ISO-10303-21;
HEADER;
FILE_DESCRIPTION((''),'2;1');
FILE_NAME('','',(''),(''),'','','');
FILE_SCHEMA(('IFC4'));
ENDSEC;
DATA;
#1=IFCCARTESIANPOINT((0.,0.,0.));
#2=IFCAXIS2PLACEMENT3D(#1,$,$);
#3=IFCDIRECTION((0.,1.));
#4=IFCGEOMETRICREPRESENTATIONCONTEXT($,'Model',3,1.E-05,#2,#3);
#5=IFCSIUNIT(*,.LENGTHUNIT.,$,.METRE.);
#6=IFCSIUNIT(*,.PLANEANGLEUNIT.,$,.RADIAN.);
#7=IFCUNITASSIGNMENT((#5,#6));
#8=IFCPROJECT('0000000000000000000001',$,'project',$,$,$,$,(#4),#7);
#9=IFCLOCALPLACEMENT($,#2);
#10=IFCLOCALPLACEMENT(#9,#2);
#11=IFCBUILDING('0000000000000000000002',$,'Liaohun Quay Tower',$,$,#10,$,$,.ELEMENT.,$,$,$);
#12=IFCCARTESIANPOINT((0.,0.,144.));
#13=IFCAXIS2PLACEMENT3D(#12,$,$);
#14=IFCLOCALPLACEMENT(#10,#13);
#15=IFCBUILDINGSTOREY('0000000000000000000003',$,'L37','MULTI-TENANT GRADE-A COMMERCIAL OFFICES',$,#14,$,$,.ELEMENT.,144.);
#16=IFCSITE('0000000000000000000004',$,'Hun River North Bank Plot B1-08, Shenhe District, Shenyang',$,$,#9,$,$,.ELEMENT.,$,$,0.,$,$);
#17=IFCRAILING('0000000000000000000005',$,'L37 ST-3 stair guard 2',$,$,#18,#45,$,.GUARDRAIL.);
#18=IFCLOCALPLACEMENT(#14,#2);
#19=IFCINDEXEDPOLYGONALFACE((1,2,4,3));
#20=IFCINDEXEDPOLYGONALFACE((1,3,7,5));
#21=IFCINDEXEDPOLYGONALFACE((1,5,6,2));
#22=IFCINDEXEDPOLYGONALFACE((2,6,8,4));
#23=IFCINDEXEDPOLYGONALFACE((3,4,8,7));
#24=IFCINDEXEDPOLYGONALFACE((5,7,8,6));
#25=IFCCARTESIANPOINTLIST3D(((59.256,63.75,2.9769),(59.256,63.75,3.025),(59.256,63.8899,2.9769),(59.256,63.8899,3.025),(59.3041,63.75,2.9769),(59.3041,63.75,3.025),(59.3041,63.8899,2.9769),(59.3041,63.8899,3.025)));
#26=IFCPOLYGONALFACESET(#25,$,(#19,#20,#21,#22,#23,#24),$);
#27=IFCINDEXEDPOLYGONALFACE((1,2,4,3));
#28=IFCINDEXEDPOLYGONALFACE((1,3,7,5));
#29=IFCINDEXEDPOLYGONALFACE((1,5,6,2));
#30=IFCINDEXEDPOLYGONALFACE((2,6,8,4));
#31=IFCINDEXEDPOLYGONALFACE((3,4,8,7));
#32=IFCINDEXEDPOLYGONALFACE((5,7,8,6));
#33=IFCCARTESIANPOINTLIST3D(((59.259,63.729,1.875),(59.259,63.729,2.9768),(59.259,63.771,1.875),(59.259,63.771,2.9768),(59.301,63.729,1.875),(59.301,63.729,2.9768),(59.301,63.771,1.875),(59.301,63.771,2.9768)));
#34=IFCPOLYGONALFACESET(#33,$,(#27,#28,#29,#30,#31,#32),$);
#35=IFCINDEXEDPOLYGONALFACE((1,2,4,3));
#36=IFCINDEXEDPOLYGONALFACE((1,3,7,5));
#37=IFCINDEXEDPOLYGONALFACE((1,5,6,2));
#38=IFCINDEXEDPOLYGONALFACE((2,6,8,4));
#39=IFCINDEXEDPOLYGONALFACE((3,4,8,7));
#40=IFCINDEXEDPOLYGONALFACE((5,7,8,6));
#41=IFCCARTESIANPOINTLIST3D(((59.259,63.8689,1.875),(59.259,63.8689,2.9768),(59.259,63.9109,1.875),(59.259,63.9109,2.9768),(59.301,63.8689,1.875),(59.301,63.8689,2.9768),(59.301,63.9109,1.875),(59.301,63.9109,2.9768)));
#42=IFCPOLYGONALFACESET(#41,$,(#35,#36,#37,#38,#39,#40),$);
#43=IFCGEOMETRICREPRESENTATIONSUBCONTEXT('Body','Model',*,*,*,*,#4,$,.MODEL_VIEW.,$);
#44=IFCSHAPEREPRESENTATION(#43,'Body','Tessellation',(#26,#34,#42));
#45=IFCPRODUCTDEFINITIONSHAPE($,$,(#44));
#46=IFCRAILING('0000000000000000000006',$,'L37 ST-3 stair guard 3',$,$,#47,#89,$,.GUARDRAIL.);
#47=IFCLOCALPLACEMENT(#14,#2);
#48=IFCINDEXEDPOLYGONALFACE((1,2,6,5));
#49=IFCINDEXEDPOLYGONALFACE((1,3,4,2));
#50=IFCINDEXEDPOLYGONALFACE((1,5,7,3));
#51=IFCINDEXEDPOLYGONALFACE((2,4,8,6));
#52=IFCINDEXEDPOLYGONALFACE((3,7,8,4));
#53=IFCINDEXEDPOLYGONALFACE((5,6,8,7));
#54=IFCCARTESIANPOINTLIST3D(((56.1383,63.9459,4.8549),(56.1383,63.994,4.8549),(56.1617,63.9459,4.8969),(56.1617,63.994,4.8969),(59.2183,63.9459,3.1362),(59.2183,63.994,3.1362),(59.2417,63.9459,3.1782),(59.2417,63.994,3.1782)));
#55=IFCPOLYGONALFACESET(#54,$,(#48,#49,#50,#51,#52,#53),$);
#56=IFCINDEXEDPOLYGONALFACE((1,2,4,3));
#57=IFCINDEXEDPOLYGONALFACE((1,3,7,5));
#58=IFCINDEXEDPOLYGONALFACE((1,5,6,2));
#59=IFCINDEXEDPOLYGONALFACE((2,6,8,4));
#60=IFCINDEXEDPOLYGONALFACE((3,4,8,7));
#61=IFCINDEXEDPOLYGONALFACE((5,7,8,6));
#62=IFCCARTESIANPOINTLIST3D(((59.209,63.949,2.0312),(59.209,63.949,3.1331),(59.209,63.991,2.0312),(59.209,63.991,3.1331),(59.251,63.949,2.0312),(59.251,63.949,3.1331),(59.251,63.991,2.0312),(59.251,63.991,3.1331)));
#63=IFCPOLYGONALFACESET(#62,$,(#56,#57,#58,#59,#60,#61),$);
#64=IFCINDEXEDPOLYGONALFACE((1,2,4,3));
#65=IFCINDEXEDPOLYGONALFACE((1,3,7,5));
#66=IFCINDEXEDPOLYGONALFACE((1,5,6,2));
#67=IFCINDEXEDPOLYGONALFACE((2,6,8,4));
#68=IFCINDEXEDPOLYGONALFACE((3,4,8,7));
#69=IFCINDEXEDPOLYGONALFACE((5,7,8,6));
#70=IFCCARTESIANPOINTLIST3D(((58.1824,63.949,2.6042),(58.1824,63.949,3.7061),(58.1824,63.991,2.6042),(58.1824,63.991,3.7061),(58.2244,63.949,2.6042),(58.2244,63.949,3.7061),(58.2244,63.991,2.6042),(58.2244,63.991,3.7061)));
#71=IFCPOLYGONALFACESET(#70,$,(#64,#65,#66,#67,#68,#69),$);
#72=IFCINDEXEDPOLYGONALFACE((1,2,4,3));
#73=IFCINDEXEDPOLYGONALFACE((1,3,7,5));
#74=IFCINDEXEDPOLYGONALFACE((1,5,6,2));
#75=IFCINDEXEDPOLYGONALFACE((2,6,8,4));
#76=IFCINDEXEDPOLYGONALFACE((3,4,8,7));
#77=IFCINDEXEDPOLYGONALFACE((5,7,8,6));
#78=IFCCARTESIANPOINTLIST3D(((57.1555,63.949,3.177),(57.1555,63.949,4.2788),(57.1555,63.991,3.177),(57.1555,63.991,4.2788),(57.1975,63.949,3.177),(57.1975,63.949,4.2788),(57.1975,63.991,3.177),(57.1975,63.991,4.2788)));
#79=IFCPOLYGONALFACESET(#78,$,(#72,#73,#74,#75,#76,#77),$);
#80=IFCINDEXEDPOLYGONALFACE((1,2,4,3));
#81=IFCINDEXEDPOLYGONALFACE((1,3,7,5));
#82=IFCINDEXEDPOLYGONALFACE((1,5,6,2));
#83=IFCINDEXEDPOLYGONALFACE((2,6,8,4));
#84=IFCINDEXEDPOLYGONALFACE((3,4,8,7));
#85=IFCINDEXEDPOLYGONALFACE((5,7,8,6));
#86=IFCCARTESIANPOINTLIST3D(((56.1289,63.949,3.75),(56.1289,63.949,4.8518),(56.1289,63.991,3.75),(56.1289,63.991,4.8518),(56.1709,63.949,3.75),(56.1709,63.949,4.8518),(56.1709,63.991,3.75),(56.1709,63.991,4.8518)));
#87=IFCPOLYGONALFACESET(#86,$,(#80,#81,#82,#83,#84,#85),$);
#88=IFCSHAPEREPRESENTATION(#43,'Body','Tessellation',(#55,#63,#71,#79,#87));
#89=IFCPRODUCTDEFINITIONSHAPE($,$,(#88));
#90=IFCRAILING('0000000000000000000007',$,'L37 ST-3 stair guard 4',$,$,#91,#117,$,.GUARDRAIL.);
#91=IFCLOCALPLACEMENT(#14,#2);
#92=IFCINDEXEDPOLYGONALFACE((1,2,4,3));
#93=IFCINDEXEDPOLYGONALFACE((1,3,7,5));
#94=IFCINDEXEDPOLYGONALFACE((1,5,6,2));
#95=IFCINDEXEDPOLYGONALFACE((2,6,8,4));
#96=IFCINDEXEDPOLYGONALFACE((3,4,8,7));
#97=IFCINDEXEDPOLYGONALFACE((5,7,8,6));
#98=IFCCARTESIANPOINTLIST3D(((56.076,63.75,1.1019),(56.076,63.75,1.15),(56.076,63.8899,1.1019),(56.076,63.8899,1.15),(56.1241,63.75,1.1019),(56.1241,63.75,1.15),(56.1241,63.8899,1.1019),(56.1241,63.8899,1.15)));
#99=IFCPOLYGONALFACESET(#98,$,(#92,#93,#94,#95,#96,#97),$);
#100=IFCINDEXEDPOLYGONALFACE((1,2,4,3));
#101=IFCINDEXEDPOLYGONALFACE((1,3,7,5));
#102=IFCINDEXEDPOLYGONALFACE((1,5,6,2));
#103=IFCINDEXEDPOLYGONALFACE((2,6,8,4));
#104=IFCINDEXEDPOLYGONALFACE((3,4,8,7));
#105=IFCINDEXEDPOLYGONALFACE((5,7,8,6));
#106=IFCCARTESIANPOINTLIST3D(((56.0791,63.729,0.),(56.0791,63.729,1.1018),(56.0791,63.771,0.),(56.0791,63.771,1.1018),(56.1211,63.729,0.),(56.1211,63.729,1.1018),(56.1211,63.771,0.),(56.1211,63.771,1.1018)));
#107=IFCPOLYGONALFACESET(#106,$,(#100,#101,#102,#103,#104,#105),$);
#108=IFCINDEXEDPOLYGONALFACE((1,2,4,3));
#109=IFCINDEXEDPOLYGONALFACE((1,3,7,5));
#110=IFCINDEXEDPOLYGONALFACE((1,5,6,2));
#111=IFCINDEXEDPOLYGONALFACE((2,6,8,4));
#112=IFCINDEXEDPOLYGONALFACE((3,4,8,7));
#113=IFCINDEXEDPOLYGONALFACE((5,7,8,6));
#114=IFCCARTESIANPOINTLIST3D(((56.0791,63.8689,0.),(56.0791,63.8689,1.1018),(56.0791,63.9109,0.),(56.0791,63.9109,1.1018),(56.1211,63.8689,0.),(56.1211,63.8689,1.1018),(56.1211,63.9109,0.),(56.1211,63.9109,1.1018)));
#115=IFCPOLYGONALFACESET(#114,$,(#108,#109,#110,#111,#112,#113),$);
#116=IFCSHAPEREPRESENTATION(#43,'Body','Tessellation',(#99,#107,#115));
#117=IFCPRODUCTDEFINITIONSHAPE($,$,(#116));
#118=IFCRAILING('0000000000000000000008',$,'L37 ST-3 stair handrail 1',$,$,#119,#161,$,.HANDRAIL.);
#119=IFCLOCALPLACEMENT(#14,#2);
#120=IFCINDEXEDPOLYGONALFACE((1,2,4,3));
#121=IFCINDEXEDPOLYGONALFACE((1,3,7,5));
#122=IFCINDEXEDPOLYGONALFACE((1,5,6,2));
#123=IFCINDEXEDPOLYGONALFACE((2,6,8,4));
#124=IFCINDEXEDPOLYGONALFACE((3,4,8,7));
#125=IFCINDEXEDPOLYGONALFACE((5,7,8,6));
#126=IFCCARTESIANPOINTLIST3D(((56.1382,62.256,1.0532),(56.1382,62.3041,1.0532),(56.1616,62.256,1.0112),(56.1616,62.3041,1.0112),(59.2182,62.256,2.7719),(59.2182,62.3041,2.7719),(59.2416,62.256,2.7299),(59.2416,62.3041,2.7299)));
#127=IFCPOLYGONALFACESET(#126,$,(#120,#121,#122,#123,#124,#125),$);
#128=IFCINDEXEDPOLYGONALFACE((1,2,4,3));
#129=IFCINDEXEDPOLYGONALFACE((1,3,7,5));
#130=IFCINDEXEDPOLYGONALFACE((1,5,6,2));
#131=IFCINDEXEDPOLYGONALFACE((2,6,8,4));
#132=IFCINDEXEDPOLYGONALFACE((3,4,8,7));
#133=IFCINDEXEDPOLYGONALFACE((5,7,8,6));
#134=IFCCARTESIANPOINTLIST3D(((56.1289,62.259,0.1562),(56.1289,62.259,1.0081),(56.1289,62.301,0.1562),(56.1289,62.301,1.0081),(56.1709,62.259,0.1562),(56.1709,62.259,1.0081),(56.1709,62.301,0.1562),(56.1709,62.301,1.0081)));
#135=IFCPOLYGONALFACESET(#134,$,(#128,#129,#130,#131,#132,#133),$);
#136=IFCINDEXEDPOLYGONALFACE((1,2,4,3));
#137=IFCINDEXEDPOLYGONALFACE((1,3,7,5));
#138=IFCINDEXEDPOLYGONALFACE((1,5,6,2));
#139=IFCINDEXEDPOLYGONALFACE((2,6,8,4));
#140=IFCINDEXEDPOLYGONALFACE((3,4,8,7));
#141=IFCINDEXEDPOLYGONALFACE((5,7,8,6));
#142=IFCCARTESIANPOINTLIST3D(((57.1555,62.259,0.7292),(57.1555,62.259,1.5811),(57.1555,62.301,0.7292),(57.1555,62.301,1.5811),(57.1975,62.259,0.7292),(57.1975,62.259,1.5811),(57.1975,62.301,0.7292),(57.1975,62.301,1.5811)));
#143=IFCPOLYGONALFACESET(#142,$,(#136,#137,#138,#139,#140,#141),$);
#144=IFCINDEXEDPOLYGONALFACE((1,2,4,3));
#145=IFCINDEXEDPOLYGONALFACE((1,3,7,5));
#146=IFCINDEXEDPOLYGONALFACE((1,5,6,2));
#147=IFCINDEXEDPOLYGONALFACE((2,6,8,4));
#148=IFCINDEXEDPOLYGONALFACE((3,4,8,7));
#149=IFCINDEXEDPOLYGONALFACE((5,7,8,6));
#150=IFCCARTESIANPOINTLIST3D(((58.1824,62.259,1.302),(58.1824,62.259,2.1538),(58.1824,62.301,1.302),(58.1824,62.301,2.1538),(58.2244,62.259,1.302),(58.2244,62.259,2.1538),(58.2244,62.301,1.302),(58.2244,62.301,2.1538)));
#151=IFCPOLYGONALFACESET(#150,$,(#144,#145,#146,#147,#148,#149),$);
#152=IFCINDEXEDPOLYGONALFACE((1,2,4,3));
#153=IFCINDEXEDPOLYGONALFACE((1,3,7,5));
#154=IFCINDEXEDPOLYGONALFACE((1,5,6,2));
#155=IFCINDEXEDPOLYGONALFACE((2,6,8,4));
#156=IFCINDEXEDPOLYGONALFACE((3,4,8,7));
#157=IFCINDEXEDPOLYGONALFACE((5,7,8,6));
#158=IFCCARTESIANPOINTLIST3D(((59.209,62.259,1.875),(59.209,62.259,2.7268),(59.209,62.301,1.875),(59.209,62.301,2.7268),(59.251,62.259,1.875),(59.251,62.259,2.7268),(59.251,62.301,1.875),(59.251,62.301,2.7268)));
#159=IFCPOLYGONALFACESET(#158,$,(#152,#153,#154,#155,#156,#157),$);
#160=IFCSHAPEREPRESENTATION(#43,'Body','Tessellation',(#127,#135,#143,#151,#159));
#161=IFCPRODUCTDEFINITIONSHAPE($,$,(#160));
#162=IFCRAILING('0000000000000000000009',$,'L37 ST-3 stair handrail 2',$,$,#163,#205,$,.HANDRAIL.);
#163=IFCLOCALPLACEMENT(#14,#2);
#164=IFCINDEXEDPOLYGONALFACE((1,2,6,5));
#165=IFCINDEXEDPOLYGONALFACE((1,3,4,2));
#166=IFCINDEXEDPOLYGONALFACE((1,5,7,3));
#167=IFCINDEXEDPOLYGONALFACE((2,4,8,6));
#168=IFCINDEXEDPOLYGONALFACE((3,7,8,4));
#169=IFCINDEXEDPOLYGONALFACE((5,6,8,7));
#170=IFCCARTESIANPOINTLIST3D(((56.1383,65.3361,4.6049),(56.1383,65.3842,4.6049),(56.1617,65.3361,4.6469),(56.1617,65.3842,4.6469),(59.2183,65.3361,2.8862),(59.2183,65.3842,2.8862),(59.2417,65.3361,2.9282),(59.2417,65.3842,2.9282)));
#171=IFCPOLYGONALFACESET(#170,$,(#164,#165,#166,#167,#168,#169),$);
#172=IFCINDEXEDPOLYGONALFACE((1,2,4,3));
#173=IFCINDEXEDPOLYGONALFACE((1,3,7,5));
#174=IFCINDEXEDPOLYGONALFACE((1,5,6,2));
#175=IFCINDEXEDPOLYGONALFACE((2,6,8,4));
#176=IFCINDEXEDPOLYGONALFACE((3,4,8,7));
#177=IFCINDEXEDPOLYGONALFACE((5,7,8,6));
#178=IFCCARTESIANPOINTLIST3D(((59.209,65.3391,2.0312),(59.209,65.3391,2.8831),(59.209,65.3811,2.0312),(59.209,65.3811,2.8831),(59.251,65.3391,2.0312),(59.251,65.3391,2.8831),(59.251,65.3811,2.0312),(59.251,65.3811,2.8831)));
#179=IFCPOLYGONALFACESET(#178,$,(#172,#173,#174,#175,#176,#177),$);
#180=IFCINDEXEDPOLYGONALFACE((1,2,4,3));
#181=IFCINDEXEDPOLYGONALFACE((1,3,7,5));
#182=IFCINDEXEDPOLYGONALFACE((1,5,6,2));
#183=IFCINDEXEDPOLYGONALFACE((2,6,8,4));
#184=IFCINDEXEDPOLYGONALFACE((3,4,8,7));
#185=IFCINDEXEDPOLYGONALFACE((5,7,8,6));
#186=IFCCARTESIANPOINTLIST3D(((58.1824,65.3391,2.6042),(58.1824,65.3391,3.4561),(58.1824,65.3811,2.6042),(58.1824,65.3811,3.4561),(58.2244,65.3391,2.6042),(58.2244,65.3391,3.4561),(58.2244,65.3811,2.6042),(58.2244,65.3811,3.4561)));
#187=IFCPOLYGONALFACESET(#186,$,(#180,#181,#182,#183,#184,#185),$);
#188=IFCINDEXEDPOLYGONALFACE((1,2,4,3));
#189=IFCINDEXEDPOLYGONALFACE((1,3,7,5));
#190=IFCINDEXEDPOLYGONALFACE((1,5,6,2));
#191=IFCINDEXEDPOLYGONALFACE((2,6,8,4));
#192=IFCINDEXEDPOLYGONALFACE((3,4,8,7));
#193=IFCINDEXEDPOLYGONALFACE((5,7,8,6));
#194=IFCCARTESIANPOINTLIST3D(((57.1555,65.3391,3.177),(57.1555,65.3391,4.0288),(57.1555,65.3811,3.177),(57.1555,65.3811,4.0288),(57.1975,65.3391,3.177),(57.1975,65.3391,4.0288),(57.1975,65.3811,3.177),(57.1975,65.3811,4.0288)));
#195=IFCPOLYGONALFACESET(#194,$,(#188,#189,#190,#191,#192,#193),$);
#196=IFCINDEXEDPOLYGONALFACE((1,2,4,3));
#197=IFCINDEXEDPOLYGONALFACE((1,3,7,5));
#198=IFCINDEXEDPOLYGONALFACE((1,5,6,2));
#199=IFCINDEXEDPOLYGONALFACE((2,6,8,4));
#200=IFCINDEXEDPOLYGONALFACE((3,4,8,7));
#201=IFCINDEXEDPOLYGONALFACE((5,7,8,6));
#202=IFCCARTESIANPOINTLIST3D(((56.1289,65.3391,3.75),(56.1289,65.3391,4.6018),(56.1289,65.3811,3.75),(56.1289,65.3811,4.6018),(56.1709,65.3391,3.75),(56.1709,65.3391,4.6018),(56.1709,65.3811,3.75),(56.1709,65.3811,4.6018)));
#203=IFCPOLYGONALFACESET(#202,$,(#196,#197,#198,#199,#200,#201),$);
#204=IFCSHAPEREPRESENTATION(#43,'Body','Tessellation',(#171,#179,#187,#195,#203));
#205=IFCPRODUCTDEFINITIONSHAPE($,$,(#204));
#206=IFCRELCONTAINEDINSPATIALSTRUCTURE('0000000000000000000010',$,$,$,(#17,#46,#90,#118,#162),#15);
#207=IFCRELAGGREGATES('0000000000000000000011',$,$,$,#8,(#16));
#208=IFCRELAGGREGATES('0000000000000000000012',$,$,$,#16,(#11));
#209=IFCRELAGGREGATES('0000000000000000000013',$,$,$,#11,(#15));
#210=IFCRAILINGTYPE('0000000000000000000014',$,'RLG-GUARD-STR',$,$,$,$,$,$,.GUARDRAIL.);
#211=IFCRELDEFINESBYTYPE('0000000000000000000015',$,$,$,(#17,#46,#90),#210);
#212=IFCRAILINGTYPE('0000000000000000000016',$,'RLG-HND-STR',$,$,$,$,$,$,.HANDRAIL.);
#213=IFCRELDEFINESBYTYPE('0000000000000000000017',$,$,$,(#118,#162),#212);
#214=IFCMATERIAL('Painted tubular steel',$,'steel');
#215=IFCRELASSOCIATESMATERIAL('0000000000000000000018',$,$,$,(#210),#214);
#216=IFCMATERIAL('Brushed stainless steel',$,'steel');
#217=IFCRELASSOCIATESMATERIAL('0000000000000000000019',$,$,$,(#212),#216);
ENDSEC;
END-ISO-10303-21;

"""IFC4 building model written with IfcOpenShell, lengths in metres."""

from ifc_helpers import new_model, si_unit, direction, frame, origin, origin_2d, place, context, subcontext, project, spatial, rectangle, extrude, material, type_object, element, save


model = new_model("IFC4")

# Units and contexts
model_context = context("Model", 3, precision=1e-05, world=origin(), true_north=direction((0.0, 1.0)))
body_context = subcontext(model_context, "Body", "Model", "MODEL_VIEW")
ifc_project = project(units=[si_unit("LENGTHUNIT", "METRE"), si_unit("PLANEANGLEUNIT", "RADIAN")], contexts=[model_context])

# Site, building, storey
site_placement = place(None, origin())
site = spatial("IfcSite", under=ifc_project, at=site_placement, Name="Hun River North Bank Plot B1-08, Shenhe District, Shenyang", CompositionType="ELEMENT", RefElevation=0.0)
building_placement = place(site_placement, origin())
building = spatial("IfcBuilding", under=site, at=building_placement, Name="Liaohun Quay Tower", CompositionType="ELEMENT")
storey_placement = place(building_placement, frame((0.0, 0.0, 144.0)))
storey = spatial("IfcBuildingStorey", under=building, at=storey_placement, Name="L37", Description="MULTI-TENANT GRADE-A COMMERCIAL OFFICES", CompositionType="ELEMENT", Elevation=144.0)

# Railings
ifc_material_1 = material(Name="Painted tubular steel", Category="steel")
railing_type_1 = type_object("IfcRailingType", Name="RLG-GUARD-STR", PredefinedType="GUARDRAIL", material=ifc_material_1)
railing_1_placement = place(storey_placement, frame((59.28, 63.75, 1.875)))
element("IfcRailing", 1, at=railing_1_placement, inside=storey, type_object=railing_type_1, Name="L37 ST-3 stair guard 2", PredefinedType="GUARDRAIL", context=body_context, shape_type="SweptSolid", body=[
    extrude(rectangle(XDim=0.0481, YDim=0.0481, at=origin_2d()), frame((0.0, 0.0, 1.126), z_axis=(0.0, 1.0, 0.0), x_axis=(-1.0, 0.0, 0.0)), (0.0, 0.0, 1.0), 0.1399),
    extrude(rectangle(XDim=0.042, YDim=0.042, at=origin_2d()), origin(), (0.0, 0.0, 1.0), 1.1018),
    extrude(rectangle(XDim=0.042, YDim=0.042, at=origin_2d()), frame((0.0, 0.1399, 0.0)), (0.0, 0.0, 1.0), 1.1018),
])
railing_2_placement = place(storey_placement, frame((59.23, 63.97, 2.0312)))
element("IfcRailing", 2, at=railing_2_placement, inside=storey, type_object=railing_type_1, Name="L37 ST-3 stair guard 3", PredefinedType="GUARDRAIL", context=body_context, shape_type="SweptSolid", body=[
    extrude(rectangle(XDim=0.0481, YDim=0.0481, at=origin_2d()), frame((0.0, 0.0, 1.126), z_axis=(-0.873242, 0.0, 0.487288), x_axis=(0.0, -1.0, 0.0)), (0.0, 0.0, 1.0), 3.5271),
    extrude(rectangle(XDim=0.042, YDim=0.042, at=origin_2d()), origin(), (0.0, 0.0, 1.0), 1.1018),
    extrude(rectangle(XDim=0.042, YDim=0.042, at=origin_2d()), frame((-1.0266, 0.0, 0.573)), (0.0, 0.0, 1.0), 1.1018),
    extrude(rectangle(XDim=0.042, YDim=0.042, at=origin_2d()), frame((-2.0535, 0.0, 1.1458)), (0.0, 0.0, 1.0), 1.1018),
    extrude(rectangle(XDim=0.042, YDim=0.042, at=origin_2d()), frame((-3.0801, 0.0, 1.7188)), (0.0, 0.0, 1.0), 1.1018),
])
railing_3_placement = place(storey_placement, frame((56.1001, 63.75, 0.0)))
element("IfcRailing", 3, at=railing_3_placement, inside=storey, type_object=railing_type_1, Name="L37 ST-3 stair guard 4", PredefinedType="GUARDRAIL", context=body_context, shape_type="SweptSolid", body=[
    extrude(rectangle(XDim=0.0481, YDim=0.0481, at=origin_2d()), frame((0.0, 0.0, 1.126), z_axis=(0.0, 1.0, 0.0), x_axis=(-1.0, 0.0, 0.0)), (0.0, 0.0, 1.0), 0.1399),
    extrude(rectangle(XDim=0.042, YDim=0.042, at=origin_2d()), origin(), (0.0, 0.0, 1.0), 1.1018),
    extrude(rectangle(XDim=0.042, YDim=0.042, at=origin_2d()), frame((0.0, 0.1399, 0.0)), (0.0, 0.0, 1.0), 1.1018),
])
ifc_material_2 = material(Name="Brushed stainless steel", Category="steel")
railing_type_2 = type_object("IfcRailingType", Name="RLG-HND-STR", PredefinedType="HANDRAIL", material=ifc_material_2)
railing_4_placement = place(storey_placement, frame((56.1499, 62.28, 0.1562)))
element("IfcRailing", 4, at=railing_4_placement, inside=storey, type_object=railing_type_2, Name="L37 ST-3 stair handrail 1", PredefinedType="HANDRAIL", context=body_context, shape_type="SweptSolid", body=[
    extrude(rectangle(XDim=0.0481, YDim=0.0481, at=origin_2d()), frame((0.0, 0.0, 0.876), z_axis=(0.873242, 0.0, 0.487288), x_axis=(0.0, 1.0, 0.0)), (0.0, 0.0, 1.0), 3.5271),
    extrude(rectangle(XDim=0.042, YDim=0.042, at=origin_2d()), origin(), (0.0, 0.0, 1.0), 0.8518),
    extrude(rectangle(XDim=0.042, YDim=0.042, at=origin_2d()), frame((1.0266, 0.0, 0.573)), (0.0, 0.0, 1.0), 0.8518),
    extrude(rectangle(XDim=0.042, YDim=0.042, at=origin_2d()), frame((2.0535, 0.0, 1.1458)), (0.0, 0.0, 1.0), 0.8518),
    extrude(rectangle(XDim=0.042, YDim=0.042, at=origin_2d()), frame((3.0801, 0.0, 1.7188)), (0.0, 0.0, 1.0), 0.8518),
])
railing_5_placement = place(storey_placement, frame((59.23, 65.3601, 2.0312)))
element("IfcRailing", 5, at=railing_5_placement, inside=storey, type_object=railing_type_2, Name="L37 ST-3 stair handrail 2", PredefinedType="HANDRAIL", context=body_context, shape_type="SweptSolid", body=[
    extrude(rectangle(XDim=0.0481, YDim=0.0481, at=origin_2d()), frame((0.0, 0.0, 0.876), z_axis=(-0.873242, 0.0, 0.487288), x_axis=(0.0, -1.0, 0.0)), (0.0, 0.0, 1.0), 3.5271),
    extrude(rectangle(XDim=0.042, YDim=0.042, at=origin_2d()), origin(), (0.0, 0.0, 1.0), 0.8518),
    extrude(rectangle(XDim=0.042, YDim=0.042, at=origin_2d()), frame((-1.0266, 0.0, 0.573)), (0.0, 0.0, 1.0), 0.8518),
    extrude(rectangle(XDim=0.042, YDim=0.042, at=origin_2d()), frame((-2.0535, 0.0, 1.1458)), (0.0, 0.0, 1.0), 0.8518),
    extrude(rectangle(XDim=0.042, YDim=0.042, at=origin_2d()), frame((-3.0801, 0.0, 1.7188)), (0.0, 0.0, 1.0), 0.8518),
])

save(model, "model.ifc")
